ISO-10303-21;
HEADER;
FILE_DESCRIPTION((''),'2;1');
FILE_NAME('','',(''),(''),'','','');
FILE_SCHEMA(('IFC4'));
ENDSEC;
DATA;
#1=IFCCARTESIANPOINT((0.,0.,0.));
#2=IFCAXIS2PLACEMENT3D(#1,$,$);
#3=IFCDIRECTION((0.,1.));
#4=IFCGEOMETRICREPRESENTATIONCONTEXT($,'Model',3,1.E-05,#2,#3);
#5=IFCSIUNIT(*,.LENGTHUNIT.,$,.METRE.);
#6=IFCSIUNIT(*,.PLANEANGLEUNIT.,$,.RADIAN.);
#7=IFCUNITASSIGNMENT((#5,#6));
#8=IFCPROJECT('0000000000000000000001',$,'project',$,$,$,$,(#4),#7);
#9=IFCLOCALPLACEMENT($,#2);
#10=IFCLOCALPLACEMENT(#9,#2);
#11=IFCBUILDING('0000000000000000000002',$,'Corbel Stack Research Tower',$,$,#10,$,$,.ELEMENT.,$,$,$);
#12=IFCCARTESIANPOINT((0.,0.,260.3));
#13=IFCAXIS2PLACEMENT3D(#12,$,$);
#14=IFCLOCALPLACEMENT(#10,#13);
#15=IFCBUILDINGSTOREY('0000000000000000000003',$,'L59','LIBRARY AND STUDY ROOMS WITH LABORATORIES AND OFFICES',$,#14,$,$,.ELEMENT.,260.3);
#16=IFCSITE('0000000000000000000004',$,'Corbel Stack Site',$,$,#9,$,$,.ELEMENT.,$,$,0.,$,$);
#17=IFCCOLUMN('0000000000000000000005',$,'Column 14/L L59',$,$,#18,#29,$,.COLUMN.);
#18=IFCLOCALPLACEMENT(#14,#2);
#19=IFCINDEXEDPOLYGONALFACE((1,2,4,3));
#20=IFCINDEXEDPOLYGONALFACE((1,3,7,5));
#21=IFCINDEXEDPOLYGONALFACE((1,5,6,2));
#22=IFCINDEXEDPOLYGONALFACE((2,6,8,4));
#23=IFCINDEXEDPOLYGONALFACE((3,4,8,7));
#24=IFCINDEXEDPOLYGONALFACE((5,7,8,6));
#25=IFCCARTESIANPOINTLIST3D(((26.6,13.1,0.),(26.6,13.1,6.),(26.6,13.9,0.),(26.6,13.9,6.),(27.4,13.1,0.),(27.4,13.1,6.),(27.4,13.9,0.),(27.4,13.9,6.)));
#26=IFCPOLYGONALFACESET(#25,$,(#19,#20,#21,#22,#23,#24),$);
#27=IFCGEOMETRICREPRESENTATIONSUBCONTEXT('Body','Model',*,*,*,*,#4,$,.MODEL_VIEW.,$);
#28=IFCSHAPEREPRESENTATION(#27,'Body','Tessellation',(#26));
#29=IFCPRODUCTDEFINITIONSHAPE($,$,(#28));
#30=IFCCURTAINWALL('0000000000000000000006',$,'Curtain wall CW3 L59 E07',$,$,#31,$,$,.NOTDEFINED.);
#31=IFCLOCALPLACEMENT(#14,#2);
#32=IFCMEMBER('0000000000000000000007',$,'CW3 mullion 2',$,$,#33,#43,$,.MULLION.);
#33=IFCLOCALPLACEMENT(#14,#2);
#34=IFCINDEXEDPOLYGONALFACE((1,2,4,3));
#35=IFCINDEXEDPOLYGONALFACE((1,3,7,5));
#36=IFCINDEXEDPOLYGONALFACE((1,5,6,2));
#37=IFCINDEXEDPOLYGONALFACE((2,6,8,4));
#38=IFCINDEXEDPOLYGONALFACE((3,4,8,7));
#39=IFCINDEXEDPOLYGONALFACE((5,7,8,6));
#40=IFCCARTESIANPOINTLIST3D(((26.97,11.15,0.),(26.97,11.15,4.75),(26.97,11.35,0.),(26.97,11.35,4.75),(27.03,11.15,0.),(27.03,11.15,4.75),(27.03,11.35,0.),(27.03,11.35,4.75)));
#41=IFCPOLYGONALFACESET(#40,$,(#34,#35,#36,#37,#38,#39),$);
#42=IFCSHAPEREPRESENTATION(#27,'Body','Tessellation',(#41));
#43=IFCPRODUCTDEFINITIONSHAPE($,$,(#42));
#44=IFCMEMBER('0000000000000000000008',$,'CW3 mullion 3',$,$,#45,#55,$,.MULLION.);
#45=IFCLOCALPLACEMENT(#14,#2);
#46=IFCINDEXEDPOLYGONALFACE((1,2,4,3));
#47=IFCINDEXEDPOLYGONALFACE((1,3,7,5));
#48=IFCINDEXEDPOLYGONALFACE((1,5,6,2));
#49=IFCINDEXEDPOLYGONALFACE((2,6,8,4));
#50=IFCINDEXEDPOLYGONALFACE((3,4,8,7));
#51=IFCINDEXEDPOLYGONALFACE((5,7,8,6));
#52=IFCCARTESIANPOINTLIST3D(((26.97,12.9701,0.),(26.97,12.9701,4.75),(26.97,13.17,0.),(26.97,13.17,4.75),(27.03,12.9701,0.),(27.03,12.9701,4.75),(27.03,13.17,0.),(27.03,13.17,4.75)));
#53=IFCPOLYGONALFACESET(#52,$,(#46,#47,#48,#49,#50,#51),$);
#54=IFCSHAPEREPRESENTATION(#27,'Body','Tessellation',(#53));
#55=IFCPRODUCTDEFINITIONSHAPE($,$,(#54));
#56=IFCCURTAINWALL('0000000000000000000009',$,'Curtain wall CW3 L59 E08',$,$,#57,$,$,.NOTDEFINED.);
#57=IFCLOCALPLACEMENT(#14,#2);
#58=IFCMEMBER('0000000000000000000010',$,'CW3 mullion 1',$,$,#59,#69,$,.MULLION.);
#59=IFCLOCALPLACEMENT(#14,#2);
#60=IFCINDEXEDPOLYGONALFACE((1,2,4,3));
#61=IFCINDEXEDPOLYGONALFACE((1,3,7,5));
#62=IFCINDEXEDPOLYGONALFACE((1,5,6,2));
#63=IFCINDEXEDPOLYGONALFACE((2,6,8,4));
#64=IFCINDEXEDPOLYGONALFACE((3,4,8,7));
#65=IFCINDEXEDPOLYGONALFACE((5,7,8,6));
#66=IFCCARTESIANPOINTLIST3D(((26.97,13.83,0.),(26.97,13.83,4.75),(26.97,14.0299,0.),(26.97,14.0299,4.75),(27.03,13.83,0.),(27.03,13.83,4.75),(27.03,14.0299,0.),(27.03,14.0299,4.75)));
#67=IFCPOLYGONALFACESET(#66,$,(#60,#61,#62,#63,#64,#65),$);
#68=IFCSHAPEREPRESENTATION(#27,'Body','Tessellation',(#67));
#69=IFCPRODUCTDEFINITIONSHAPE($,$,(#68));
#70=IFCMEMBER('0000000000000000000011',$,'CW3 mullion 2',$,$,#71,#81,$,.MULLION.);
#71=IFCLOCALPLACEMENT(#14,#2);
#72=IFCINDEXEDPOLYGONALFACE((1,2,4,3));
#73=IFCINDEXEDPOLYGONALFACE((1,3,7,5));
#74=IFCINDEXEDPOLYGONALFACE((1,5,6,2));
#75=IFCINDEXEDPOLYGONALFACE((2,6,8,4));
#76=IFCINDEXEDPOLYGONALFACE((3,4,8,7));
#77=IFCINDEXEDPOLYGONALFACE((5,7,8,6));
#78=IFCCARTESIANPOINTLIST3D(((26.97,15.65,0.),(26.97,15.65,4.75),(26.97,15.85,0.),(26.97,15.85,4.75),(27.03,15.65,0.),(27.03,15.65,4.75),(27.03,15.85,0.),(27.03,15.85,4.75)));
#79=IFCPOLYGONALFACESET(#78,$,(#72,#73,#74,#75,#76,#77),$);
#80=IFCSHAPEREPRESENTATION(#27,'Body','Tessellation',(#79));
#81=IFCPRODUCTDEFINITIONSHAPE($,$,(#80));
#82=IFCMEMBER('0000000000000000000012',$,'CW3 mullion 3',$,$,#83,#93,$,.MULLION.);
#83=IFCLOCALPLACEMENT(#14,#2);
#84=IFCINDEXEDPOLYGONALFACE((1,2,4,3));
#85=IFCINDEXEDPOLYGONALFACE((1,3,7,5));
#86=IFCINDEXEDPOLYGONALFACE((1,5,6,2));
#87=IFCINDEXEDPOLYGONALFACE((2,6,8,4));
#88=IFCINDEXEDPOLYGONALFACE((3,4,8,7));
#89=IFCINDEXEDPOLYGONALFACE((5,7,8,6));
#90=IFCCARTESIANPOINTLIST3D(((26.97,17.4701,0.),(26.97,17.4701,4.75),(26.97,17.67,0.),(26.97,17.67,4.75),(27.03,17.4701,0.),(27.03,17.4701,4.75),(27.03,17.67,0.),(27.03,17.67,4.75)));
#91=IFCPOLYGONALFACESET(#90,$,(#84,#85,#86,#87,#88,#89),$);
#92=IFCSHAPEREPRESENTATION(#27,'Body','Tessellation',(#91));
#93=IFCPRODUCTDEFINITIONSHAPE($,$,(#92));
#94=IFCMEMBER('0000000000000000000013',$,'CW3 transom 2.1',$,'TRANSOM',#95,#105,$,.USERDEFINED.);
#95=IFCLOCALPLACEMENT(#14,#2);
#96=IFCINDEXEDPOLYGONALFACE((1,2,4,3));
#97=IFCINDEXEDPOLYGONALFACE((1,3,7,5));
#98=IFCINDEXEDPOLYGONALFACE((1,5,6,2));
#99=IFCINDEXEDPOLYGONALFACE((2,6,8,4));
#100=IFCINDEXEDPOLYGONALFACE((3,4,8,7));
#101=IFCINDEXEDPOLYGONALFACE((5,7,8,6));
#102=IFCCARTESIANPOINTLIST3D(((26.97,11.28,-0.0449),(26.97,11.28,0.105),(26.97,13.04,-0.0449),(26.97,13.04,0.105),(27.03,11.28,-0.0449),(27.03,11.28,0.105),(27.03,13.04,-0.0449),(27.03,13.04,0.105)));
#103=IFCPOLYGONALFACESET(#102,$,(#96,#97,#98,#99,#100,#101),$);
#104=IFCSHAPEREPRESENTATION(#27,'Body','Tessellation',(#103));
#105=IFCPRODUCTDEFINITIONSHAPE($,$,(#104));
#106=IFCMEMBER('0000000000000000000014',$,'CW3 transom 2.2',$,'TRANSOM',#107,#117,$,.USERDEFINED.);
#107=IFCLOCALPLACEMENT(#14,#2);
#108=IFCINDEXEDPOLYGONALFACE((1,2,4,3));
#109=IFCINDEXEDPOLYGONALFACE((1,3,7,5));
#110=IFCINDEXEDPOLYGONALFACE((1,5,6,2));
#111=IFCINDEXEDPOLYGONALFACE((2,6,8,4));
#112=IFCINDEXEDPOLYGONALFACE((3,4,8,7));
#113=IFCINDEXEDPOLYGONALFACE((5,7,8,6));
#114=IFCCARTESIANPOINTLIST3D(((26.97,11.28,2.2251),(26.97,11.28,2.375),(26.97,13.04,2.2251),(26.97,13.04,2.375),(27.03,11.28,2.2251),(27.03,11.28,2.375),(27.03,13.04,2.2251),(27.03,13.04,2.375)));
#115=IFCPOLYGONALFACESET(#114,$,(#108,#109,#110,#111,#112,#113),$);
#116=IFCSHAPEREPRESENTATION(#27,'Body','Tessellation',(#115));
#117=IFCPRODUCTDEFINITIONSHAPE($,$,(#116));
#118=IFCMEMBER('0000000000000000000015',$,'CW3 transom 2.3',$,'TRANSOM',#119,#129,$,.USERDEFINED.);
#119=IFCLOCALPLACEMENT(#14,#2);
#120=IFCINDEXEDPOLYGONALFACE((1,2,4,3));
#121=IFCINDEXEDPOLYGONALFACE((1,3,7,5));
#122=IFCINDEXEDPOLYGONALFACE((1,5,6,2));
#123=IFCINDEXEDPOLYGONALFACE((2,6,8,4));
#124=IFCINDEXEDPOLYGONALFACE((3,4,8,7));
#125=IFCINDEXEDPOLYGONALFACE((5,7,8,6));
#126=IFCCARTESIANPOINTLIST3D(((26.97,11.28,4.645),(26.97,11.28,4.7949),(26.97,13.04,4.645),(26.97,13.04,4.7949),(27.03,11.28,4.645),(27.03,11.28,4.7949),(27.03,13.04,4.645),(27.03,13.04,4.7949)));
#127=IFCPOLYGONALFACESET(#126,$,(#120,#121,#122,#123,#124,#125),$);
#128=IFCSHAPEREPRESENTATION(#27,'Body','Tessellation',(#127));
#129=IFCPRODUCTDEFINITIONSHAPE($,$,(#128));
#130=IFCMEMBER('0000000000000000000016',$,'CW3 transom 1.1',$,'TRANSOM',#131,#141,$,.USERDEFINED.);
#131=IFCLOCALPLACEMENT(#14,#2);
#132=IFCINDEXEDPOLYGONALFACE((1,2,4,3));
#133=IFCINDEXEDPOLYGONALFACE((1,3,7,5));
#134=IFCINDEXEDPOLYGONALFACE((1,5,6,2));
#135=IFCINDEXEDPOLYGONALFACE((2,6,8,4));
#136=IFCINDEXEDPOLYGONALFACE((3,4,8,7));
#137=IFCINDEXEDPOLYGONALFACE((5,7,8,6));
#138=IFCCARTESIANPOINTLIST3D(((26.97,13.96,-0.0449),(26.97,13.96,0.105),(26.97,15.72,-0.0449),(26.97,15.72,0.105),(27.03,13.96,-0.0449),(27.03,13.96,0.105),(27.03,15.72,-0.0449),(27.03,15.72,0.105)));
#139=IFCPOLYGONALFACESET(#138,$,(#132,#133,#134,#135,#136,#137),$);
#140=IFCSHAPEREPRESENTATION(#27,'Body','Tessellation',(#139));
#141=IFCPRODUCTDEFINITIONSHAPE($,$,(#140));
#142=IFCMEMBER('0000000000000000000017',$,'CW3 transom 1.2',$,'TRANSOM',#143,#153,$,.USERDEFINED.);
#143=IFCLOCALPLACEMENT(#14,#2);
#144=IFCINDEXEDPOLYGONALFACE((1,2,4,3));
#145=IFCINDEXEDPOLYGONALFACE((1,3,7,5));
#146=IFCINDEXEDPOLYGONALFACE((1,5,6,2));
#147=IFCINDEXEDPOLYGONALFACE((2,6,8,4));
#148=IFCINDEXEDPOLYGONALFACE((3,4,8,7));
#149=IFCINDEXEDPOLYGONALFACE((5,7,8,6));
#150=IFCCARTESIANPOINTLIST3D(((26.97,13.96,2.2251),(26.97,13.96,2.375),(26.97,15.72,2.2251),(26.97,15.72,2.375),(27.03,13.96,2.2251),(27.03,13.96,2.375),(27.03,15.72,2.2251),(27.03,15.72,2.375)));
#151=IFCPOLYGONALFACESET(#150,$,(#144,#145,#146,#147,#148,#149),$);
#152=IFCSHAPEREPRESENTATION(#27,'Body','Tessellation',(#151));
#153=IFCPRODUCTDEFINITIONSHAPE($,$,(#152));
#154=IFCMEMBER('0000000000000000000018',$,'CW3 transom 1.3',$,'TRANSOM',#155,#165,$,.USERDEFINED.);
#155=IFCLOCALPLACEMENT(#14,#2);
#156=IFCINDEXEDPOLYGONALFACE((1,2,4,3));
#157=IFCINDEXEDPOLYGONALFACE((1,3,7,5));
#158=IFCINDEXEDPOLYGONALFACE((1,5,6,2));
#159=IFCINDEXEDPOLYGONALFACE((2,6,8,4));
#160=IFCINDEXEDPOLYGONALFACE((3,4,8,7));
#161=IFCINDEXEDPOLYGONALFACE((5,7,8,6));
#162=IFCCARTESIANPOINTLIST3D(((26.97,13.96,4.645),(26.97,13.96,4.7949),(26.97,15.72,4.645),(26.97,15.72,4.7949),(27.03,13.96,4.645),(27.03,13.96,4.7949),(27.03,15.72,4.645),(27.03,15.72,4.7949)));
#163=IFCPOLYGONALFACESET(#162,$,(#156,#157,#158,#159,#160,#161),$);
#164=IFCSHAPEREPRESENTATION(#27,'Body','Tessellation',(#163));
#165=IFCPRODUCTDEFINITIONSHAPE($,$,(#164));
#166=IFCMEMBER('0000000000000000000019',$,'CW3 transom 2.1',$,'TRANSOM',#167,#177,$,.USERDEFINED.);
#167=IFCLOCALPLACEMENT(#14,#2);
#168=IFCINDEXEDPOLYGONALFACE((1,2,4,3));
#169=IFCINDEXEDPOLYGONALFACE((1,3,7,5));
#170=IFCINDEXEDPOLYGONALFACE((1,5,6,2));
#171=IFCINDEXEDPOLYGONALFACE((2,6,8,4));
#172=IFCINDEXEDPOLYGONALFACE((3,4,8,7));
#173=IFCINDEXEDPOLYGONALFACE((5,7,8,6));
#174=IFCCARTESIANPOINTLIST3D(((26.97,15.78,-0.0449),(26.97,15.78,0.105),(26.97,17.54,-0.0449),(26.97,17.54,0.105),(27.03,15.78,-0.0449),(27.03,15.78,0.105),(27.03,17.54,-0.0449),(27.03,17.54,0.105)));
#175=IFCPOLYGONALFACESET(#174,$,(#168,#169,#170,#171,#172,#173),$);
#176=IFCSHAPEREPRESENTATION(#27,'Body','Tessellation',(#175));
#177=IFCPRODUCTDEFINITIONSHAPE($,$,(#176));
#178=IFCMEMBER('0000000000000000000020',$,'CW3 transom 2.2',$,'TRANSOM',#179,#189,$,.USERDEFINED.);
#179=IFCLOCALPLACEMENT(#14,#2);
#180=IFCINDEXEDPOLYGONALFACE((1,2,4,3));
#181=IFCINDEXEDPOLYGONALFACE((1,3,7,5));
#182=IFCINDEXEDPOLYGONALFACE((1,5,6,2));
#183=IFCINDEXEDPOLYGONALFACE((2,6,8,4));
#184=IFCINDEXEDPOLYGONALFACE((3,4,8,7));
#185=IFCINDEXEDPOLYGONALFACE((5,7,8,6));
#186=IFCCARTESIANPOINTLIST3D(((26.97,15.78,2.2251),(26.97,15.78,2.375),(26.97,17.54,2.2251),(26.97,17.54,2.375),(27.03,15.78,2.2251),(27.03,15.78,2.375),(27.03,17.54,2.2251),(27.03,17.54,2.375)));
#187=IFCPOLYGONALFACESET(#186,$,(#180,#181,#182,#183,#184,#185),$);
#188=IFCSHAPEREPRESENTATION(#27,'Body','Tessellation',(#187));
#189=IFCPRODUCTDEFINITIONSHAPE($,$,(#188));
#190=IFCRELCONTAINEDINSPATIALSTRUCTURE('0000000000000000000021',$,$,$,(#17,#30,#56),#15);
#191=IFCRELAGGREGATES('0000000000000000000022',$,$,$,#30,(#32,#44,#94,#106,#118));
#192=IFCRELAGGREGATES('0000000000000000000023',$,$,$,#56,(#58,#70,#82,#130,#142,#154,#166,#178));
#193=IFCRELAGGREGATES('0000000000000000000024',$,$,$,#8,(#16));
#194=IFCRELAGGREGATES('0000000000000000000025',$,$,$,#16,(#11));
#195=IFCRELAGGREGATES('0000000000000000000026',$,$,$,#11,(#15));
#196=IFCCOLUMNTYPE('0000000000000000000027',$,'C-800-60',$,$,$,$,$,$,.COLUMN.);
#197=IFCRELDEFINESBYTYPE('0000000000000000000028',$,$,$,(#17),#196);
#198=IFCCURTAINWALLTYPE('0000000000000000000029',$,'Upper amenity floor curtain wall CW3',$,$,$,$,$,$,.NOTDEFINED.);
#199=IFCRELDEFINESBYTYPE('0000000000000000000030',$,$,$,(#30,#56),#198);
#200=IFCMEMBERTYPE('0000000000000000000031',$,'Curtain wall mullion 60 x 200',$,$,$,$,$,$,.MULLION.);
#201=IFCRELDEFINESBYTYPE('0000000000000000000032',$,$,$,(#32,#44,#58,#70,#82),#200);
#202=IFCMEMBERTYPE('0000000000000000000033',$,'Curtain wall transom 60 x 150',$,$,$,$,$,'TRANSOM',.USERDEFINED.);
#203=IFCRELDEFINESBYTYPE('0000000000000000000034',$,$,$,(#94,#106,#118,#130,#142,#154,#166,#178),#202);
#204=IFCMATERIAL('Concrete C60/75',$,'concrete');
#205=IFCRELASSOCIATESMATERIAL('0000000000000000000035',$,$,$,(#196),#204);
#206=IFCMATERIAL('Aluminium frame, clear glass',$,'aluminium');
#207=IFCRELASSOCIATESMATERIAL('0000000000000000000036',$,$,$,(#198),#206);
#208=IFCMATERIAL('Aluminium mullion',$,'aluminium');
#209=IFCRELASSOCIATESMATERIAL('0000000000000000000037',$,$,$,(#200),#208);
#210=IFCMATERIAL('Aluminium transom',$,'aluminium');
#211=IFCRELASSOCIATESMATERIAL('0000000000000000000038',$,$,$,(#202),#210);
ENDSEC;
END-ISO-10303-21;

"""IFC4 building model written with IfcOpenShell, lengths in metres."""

from ifc_helpers import new_model, si_unit, direction, frame, origin, origin_2d, place, context, subcontext, project, spatial, rectangle, extrude, material, material_profile, profile_set, type_object, element, aggregate, save


model = new_model("IFC4")

# Units and contexts
model_context = context("Model", 3, precision=1e-05, world=origin(), true_north=direction((0.0, 1.0)))
body_context = subcontext(model_context, "Body", "Model", "MODEL_VIEW")
ifc_project = project(units=[si_unit("LENGTHUNIT", "METRE"), si_unit("PLANEANGLEUNIT", "RADIAN")], contexts=[model_context])

# Site, building, storey
site_placement = place(None, origin())
site = spatial("IfcSite", under=ifc_project, at=site_placement, Name="Corbel Stack Site", CompositionType="ELEMENT", RefElevation=0.0)
building_placement = place(site_placement, origin())
building = spatial("IfcBuilding", under=site, at=building_placement, Name="Corbel Stack Research Tower", CompositionType="ELEMENT")
storey_placement = place(building_placement, frame((0.0, 0.0, 260.3)))
storey = spatial("IfcBuildingStorey", under=building, at=storey_placement, Name="L59", Description="LIBRARY AND STUDY ROOMS WITH LABORATORIES AND OFFICES", CompositionType="ELEMENT", Elevation=260.3)

# Column
ifc_material_1 = material(Name="Concrete C60/75", Category="concrete")
ifc_material_profile_1 = material_profile(ifc_material_1, rectangle(XDim=0.8, YDim=0.8, at=origin_2d()), Name="RC 800 x 800")
ifc_profile_set_1 = profile_set([ifc_material_profile_1], Name="Concrete C60/75")
column_type = type_object("IfcColumnType", Name="C-800-60", PredefinedType="COLUMN", material=ifc_profile_set_1)
column_placement = place(storey_placement, frame((27.0, 13.5, 0.0), z_axis=(0.0, 0.0, 1.0), x_axis=(1.0, 0.0, 0.0)))
element("IfcColumn", 1, at=column_placement, inside=storey, type_object=column_type, Name="Column 14/L L59", PredefinedType="COLUMN", context=body_context, shape_type="SweptSolid", body=[
    extrude(rectangle(XDim=0.8, YDim=0.8, at=origin_2d()), origin(), (0.0, 0.0, 1.0), 6.0),
])

# Curtain walls, members
ifc_material_2 = material(Name="Aluminium frame, clear glass", Category="aluminium")
curtain_wall_type = type_object("IfcCurtainWallType", Name="Upper amenity floor curtain wall CW3", PredefinedType="NOTDEFINED", material=ifc_material_2)
curtain_wall_1_placement = place(storey_placement, origin())
curtain_wall_1 = element("IfcCurtainWall", 2, at=curtain_wall_1_placement, inside=storey, type_object=curtain_wall_type, Name="Curtain wall CW3 L59 E07", PredefinedType="NOTDEFINED")
ifc_material_3 = material(Name="Aluminium mullion", Category="aluminium")
ifc_material_profile_2 = material_profile(ifc_material_3, rectangle(XDim=0.0601, YDim=0.2, at=origin_2d()), Name="Mullion 60 x 200")
ifc_profile_set_2 = profile_set([ifc_material_profile_2], Name="Aluminium mullion")
member_type_1 = type_object("IfcMemberType", Name="Curtain wall mullion 60 x 200", PredefinedType="MULLION", material=ifc_profile_set_2)
member_1_placement = place(storey_placement, frame((27.0, 11.25, 0.0), z_axis=(0.0, 0.0, 1.0), x_axis=(-1.0, 0.0, 0.0)))
member_1 = element("IfcMember", 3, at=member_1_placement, type_object=member_type_1, Name="CW3 mullion 2", PredefinedType="MULLION", context=body_context, shape_type="SweptSolid", body=[
    extrude(rectangle(XDim=0.0601, YDim=0.2, at=origin_2d()), origin(), (0.0, 0.0, 1.0), 4.75),
])
member_2_placement = place(storey_placement, frame((27.0, 13.0701, 0.0), z_axis=(0.0, 0.0, 1.0), x_axis=(-1.0, 0.0, 0.0)))
member_2 = element("IfcMember", 4, at=member_2_placement, type_object=member_type_1, Name="CW3 mullion 3", PredefinedType="MULLION", context=body_context, shape_type="SweptSolid", body=[
    extrude(rectangle(XDim=0.0601, YDim=0.2, at=origin_2d()), origin(), (0.0, 0.0, 1.0), 4.75),
])
curtain_wall_2_placement = place(storey_placement, origin())
curtain_wall_2 = element("IfcCurtainWall", 5, at=curtain_wall_2_placement, inside=storey, type_object=curtain_wall_type, Name="Curtain wall CW3 L59 E08", PredefinedType="NOTDEFINED")
member_3_placement = place(storey_placement, frame((27.0, 13.9299, 0.0), z_axis=(0.0, 0.0, 1.0), x_axis=(-1.0, 0.0, 0.0)))
member_3 = element("IfcMember", 6, at=member_3_placement, type_object=member_type_1, Name="CW3 mullion 1", PredefinedType="MULLION", context=body_context, shape_type="SweptSolid", body=[
    extrude(rectangle(XDim=0.0601, YDim=0.2, at=origin_2d()), origin(), (0.0, 0.0, 1.0), 4.75),
])
member_4_placement = place(storey_placement, frame((27.0, 15.75, 0.0), z_axis=(0.0, 0.0, 1.0), x_axis=(-1.0, 0.0, 0.0)))
member_4 = element("IfcMember", 7, at=member_4_placement, type_object=member_type_1, Name="CW3 mullion 2", PredefinedType="MULLION", context=body_context, shape_type="SweptSolid", body=[
    extrude(rectangle(XDim=0.0601, YDim=0.2, at=origin_2d()), origin(), (0.0, 0.0, 1.0), 4.75),
])
member_5_placement = place(storey_placement, frame((27.0, 17.5701, 0.0), z_axis=(0.0, 0.0, 1.0), x_axis=(-1.0, 0.0, 0.0)))
member_5 = element("IfcMember", 8, at=member_5_placement, type_object=member_type_1, Name="CW3 mullion 3", PredefinedType="MULLION", context=body_context, shape_type="SweptSolid", body=[
    extrude(rectangle(XDim=0.0601, YDim=0.2, at=origin_2d()), origin(), (0.0, 0.0, 1.0), 4.75),
])

# Members
ifc_material_4 = material(Name="Aluminium transom", Category="aluminium")
ifc_material_profile_3 = material_profile(ifc_material_4, rectangle(XDim=0.0601, YDim=0.1499, at=origin_2d()), Name="Transom 60 x 150")
ifc_profile_set_3 = profile_set([ifc_material_profile_3], Name="Aluminium transom")
member_type_2 = type_object("IfcMemberType", Name="Curtain wall transom 60 x 150", ElementType="TRANSOM", PredefinedType="USERDEFINED", material=ifc_profile_set_3)
member_6_placement = place(storey_placement, frame((27.0, 11.28, 0.03), z_axis=(0.0, 1.0, 0.0), x_axis=(-1.0, 0.0, 0.0)))
member_6 = element("IfcMember", 9, at=member_6_placement, type_object=member_type_2, Name="CW3 transom 2.1", ObjectType="TRANSOM", PredefinedType="USERDEFINED", context=body_context, shape_type="SweptSolid", body=[
    extrude(rectangle(XDim=0.0601, YDim=0.1499, at=origin_2d()), origin(), (0.0, 0.0, 1.0), 1.76),
])
member_7_placement = place(storey_placement, frame((27.0, 11.28, 2.3), z_axis=(0.0, 1.0, 0.0), x_axis=(-1.0, 0.0, 0.0)))
member_7 = element("IfcMember", 10, at=member_7_placement, type_object=member_type_2, Name="CW3 transom 2.2", ObjectType="TRANSOM", PredefinedType="USERDEFINED", context=body_context, shape_type="SweptSolid", body=[
    extrude(rectangle(XDim=0.0601, YDim=0.1499, at=origin_2d()), origin(), (0.0, 0.0, 1.0), 1.76),
])
member_8_placement = place(storey_placement, frame((27.0, 11.28, 4.72), z_axis=(0.0, 1.0, 0.0), x_axis=(-1.0, 0.0, 0.0)))
member_8 = element("IfcMember", 11, at=member_8_placement, type_object=member_type_2, Name="CW3 transom 2.3", ObjectType="TRANSOM", PredefinedType="USERDEFINED", context=body_context, shape_type="SweptSolid", body=[
    extrude(rectangle(XDim=0.0601, YDim=0.1499, at=origin_2d()), origin(), (0.0, 0.0, 1.0), 1.76),
])
member_9_placement = place(storey_placement, frame((27.0, 13.96, 0.03), z_axis=(0.0, 1.0, 0.0), x_axis=(-1.0, 0.0, 0.0)))
member_9 = element("IfcMember", 12, at=member_9_placement, type_object=member_type_2, Name="CW3 transom 1.1", ObjectType="TRANSOM", PredefinedType="USERDEFINED", context=body_context, shape_type="SweptSolid", body=[
    extrude(rectangle(XDim=0.0601, YDim=0.1499, at=origin_2d()), origin(), (0.0, 0.0, 1.0), 1.76),
])
member_10_placement = place(storey_placement, frame((27.0, 13.96, 2.3), z_axis=(0.0, 1.0, 0.0), x_axis=(-1.0, 0.0, 0.0)))
member_10 = element("IfcMember", 13, at=member_10_placement, type_object=member_type_2, Name="CW3 transom 1.2", ObjectType="TRANSOM", PredefinedType="USERDEFINED", context=body_context, shape_type="SweptSolid", body=[
    extrude(rectangle(XDim=0.0601, YDim=0.1499, at=origin_2d()), origin(), (0.0, 0.0, 1.0), 1.76),
])
member_11_placement = place(storey_placement, frame((27.0, 13.96, 4.72), z_axis=(0.0, 1.0, 0.0), x_axis=(-1.0, 0.0, 0.0)))
member_11 = element("IfcMember", 14, at=member_11_placement, type_object=member_type_2, Name="CW3 transom 1.3", ObjectType="TRANSOM", PredefinedType="USERDEFINED", context=body_context, shape_type="SweptSolid", body=[
    extrude(rectangle(XDim=0.0601, YDim=0.1499, at=origin_2d()), origin(), (0.0, 0.0, 1.0), 1.76),
])
member_12_placement = place(storey_placement, frame((27.0, 15.78, 0.03), z_axis=(0.0, 1.0, 0.0), x_axis=(-1.0, 0.0, 0.0)))
member_12 = element("IfcMember", 15, at=member_12_placement, type_object=member_type_2, Name="CW3 transom 2.1", ObjectType="TRANSOM", PredefinedType="USERDEFINED", context=body_context, shape_type="SweptSolid", body=[
    extrude(rectangle(XDim=0.0601, YDim=0.1499, at=origin_2d()), origin(), (0.0, 0.0, 1.0), 1.76),
])
member_13_placement = place(storey_placement, frame((27.0, 15.78, 2.3), z_axis=(0.0, 1.0, 0.0), x_axis=(-1.0, 0.0, 0.0)))
member_13 = element("IfcMember", 16, at=member_13_placement, type_object=member_type_2, Name="CW3 transom 2.2", ObjectType="TRANSOM", PredefinedType="USERDEFINED", context=body_context, shape_type="SweptSolid", body=[
    extrude(rectangle(XDim=0.0601, YDim=0.1499, at=origin_2d()), origin(), (0.0, 0.0, 1.0), 1.76),
])

aggregate(curtain_wall_1, [member_1, member_2, member_6, member_7, member_8])
aggregate(curtain_wall_2, [member_3, member_4, member_5, member_9, member_10, member_11, member_12, member_13])

save(model, "model.ifc")
